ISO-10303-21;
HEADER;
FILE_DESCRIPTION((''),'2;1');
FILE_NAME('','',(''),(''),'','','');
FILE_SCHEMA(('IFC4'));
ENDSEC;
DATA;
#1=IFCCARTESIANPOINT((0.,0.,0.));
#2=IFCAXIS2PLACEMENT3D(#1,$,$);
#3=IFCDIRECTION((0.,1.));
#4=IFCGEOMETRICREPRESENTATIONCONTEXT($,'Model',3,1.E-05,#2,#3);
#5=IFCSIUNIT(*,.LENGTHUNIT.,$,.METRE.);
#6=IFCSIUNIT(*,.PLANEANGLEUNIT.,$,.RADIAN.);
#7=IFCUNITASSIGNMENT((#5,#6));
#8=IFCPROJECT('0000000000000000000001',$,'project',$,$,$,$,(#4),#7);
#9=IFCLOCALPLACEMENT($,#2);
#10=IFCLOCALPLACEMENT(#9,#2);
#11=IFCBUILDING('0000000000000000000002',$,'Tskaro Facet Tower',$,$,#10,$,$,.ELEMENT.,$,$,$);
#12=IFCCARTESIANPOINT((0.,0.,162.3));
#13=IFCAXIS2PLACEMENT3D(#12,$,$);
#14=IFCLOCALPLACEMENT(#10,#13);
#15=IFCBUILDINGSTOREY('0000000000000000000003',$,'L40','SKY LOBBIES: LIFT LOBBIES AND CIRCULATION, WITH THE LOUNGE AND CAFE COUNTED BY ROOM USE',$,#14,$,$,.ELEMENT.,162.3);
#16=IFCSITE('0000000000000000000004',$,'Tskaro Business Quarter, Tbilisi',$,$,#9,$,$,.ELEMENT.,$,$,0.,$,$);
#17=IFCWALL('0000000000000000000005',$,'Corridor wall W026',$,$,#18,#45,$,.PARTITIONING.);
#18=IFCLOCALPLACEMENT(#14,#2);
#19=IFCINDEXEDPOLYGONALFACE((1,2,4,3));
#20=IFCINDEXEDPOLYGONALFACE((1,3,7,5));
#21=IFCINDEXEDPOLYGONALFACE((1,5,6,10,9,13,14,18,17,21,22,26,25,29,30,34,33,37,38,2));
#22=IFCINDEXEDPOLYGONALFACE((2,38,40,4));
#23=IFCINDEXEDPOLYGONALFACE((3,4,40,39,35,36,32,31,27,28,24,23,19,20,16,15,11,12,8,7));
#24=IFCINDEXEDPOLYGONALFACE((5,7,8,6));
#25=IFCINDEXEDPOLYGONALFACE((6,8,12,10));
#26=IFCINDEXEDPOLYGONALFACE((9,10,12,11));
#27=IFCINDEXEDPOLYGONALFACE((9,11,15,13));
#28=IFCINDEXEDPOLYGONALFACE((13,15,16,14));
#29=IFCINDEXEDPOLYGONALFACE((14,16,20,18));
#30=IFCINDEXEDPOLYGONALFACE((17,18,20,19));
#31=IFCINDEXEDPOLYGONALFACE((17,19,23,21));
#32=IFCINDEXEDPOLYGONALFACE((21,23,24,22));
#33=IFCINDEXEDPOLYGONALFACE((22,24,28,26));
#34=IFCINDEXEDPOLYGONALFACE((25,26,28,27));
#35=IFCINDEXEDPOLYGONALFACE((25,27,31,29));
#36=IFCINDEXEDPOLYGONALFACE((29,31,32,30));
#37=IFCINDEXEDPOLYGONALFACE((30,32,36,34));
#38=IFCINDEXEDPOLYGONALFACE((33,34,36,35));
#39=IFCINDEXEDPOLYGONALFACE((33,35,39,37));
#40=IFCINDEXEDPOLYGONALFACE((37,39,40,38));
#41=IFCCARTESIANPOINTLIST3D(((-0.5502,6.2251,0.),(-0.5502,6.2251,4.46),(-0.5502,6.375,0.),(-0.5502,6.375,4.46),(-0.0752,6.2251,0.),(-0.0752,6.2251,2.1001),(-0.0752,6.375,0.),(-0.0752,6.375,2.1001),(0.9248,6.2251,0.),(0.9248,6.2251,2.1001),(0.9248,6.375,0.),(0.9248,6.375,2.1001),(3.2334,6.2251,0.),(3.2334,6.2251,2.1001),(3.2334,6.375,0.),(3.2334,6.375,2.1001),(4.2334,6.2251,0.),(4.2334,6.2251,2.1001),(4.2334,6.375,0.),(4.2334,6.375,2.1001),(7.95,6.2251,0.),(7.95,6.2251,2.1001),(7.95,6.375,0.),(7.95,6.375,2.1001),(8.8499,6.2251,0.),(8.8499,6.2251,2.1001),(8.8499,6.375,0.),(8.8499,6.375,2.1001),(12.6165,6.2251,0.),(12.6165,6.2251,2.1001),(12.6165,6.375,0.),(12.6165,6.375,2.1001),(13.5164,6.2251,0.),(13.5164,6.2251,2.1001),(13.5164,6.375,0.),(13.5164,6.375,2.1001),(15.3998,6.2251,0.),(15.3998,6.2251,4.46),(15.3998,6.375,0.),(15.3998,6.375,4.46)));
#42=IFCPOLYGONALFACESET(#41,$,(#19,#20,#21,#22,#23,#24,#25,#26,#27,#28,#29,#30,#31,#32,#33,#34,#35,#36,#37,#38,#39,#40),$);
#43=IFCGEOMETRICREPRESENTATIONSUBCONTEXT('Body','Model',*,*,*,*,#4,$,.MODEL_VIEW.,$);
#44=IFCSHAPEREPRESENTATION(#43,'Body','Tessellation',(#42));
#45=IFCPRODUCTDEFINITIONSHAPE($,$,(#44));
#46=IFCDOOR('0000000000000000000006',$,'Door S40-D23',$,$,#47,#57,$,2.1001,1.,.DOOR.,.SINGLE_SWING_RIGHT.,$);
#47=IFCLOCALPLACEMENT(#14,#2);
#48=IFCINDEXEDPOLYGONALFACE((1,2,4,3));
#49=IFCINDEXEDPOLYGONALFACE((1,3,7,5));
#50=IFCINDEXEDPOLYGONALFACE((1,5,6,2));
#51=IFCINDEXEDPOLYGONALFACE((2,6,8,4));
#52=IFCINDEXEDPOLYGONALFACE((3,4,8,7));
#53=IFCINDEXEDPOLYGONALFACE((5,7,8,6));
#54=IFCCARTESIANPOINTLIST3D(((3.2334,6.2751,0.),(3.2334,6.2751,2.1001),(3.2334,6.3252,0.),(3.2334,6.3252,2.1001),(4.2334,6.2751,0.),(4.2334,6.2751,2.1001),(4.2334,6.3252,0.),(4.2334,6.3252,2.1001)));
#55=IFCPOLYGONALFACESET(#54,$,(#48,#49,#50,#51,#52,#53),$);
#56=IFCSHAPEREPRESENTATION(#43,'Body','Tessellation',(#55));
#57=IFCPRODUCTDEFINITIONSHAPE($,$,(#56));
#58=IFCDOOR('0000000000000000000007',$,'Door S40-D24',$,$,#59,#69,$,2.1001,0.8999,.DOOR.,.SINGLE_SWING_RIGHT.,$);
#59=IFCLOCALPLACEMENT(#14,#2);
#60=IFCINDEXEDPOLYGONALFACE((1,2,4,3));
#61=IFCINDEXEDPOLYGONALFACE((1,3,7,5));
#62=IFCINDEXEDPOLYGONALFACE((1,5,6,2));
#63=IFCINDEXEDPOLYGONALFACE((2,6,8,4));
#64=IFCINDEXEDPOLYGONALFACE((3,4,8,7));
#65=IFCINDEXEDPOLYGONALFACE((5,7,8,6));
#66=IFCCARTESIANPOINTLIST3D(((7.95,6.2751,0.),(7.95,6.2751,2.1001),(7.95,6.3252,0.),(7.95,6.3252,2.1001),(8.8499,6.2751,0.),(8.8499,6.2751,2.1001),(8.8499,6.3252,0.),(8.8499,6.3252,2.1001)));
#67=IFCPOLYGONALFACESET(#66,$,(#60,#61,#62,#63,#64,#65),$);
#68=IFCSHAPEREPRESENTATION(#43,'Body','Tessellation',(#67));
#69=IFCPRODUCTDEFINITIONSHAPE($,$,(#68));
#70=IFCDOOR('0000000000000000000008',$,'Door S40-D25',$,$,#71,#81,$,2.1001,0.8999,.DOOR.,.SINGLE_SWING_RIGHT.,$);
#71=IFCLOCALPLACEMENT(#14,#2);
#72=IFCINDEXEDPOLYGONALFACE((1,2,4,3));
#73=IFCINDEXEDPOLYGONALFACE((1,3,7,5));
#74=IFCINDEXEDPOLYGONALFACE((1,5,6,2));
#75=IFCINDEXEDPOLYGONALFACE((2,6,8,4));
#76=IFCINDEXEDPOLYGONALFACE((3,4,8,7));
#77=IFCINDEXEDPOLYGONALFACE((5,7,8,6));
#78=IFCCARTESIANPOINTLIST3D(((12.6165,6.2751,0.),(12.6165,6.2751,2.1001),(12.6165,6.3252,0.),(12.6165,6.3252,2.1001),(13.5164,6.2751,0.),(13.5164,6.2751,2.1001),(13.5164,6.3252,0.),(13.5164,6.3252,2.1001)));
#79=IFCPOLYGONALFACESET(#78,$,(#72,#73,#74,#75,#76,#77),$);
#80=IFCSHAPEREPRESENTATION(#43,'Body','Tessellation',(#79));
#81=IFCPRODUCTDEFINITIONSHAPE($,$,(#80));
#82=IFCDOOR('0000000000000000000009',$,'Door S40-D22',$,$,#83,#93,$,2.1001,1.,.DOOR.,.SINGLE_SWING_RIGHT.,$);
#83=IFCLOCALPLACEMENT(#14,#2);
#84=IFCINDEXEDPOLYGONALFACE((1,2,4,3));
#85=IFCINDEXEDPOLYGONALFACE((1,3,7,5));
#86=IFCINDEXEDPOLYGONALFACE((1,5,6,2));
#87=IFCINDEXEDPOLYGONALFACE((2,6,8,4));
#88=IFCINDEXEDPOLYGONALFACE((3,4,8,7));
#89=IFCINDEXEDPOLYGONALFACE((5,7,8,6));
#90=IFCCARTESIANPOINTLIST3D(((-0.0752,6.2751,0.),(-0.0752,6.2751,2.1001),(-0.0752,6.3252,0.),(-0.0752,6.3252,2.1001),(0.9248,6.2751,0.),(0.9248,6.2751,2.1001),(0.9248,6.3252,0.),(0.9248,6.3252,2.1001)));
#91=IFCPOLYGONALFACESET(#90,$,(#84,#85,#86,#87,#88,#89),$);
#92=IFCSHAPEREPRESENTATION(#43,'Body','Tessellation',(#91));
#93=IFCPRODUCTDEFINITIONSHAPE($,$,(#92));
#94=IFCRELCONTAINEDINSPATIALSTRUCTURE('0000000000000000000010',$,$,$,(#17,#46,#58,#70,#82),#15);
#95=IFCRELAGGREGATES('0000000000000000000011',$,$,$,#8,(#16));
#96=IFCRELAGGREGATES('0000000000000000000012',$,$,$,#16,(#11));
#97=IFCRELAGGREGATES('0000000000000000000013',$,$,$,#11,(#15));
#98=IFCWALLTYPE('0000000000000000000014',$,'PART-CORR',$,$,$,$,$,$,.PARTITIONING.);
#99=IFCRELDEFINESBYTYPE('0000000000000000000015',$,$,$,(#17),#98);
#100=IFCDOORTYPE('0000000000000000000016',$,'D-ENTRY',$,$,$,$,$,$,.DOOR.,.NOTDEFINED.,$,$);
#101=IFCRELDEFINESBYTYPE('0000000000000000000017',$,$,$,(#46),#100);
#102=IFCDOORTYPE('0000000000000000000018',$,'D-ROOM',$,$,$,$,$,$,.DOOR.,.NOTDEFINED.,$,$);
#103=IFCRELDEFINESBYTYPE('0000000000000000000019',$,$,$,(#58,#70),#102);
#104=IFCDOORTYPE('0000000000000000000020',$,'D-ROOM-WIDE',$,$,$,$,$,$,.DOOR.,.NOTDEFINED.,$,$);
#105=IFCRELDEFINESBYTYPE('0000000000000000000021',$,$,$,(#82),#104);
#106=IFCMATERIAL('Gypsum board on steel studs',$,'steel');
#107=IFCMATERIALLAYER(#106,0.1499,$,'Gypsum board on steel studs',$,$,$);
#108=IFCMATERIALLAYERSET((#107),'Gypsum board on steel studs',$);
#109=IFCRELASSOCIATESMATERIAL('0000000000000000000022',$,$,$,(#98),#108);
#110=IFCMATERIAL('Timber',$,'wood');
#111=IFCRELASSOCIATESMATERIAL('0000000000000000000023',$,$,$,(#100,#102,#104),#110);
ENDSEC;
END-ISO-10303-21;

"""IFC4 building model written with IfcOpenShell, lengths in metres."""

from ifc_helpers import new_model, si_unit, direction, frame, frame_2d, origin, place, context, subcontext, project, spatial, rectangle, extrude, material, layer, layer_set, type_object, element, fill, save


model = new_model("IFC4")

# Units and contexts
model_context = context("Model", 3, precision=1e-05, world=origin(), true_north=direction((0.0, 1.0)))
body_context = subcontext(model_context, "Body", "Model", "MODEL_VIEW")
ifc_project = project(units=[si_unit("LENGTHUNIT", "METRE"), si_unit("PLANEANGLEUNIT", "RADIAN")], contexts=[model_context])

# Site, building, storey
site_placement = place(None, origin())
site = spatial("IfcSite", under=ifc_project, at=site_placement, Name="Tskaro Business Quarter, Tbilisi", CompositionType="ELEMENT", RefElevation=0.0)
building_placement = place(site_placement, origin())
building = spatial("IfcBuilding", under=site, at=building_placement, Name="Tskaro Facet Tower", CompositionType="ELEMENT")
storey_placement = place(building_placement, frame((0.0, 0.0, 162.3)))
storey = spatial("IfcBuildingStorey", under=building, at=storey_placement, Name="L40", Description="SKY LOBBIES: LIFT LOBBIES AND CIRCULATION, WITH THE LOUNGE AND CAFE COUNTED BY ROOM USE", CompositionType="ELEMENT", Elevation=162.3)

# Shared definitions
ifc_material_1 = material(Name="Gypsum board on steel studs", Category="steel")

# Wall, openings, doors
ifc_layer_1 = layer(ifc_material_1, 0.1499, Name="Gypsum board on steel studs")
ifc_layer_set_1 = layer_set([ifc_layer_1], Name="Gypsum board on steel studs")
wall_type_1 = type_object("IfcWallType", Name="PART-CORR", PredefinedType="PARTITIONING", material=ifc_layer_set_1)
wall_1_placement = place(storey_placement, frame((15.3999, 6.3, 0.0), z_axis=(0.0, 0.0, 1.0), x_axis=(-1.0, 0.0, 0.0)))
wall_1 = element("IfcWall", 1, at=wall_1_placement, inside=storey, type_object=wall_type_1, Name="Corridor wall W026", PredefinedType="PARTITIONING", context=body_context, shape_type="SweptSolid", body=[
    extrude(rectangle(XDim=15.95, YDim=0.1499, at=frame_2d((7.9751, 0.0))), origin(), (0.0, 0.0, 1.0), 4.46),
])
opening_1_placement = place(wall_1_placement, frame((11.1665, 0.0, 0.0)))
opening_1 = element("IfcOpeningElement", 2, at=opening_1_placement, cuts=wall_1, PredefinedType="OPENING", context=body_context, shape_type="SweptSolid", body=[
    extrude(rectangle(XDim=1.0, YDim=2.1001, at=frame_2d((0.5, 1.05))), frame((0.0, 0.085, 0.0), z_axis=(0.0, -1.0, 0.0), x_axis=(1.0, 0.0, 0.0)), (0.0, 0.0, 1.0), 0.1699),
])
opening_2_placement = place(wall_1_placement, frame((14.4751, 0.0, 0.0)))
opening_2 = element("IfcOpeningElement", 3, at=opening_2_placement, cuts=wall_1, PredefinedType="OPENING", context=body_context, shape_type="SweptSolid", body=[
    extrude(rectangle(XDim=1.0, YDim=2.1001, at=frame_2d((0.5, 1.05))), frame((0.0, 0.085, 0.0), z_axis=(0.0, -1.0, 0.0), x_axis=(1.0, 0.0, 0.0)), (0.0, 0.0, 1.0), 0.1699),
])
opening_3_placement = place(wall_1_placement, frame((6.55, 0.0, 0.0)))
opening_3 = element("IfcOpeningElement", 4, at=opening_3_placement, cuts=wall_1, PredefinedType="OPENING", context=body_context, shape_type="SweptSolid", body=[
    extrude(rectangle(XDim=0.8999, YDim=2.1001, at=frame_2d((0.45, 1.05))), frame((0.0, 0.085, 0.0), z_axis=(0.0, -1.0, 0.0), x_axis=(1.0, 0.0, 0.0)), (0.0, 0.0, 1.0), 0.1699),
])
opening_4_placement = place(wall_1_placement, frame((1.8835, 0.0, 0.0)))
opening_4 = element("IfcOpeningElement", 5, at=opening_4_placement, cuts=wall_1, PredefinedType="OPENING", context=body_context, shape_type="SweptSolid", body=[
    extrude(rectangle(XDim=0.8999, YDim=2.1001, at=frame_2d((0.45, 1.05))), frame((0.0, 0.085, 0.0), z_axis=(0.0, -1.0, 0.0), x_axis=(1.0, 0.0, 0.0)), (0.0, 0.0, 1.0), 0.1699),
])
ifc_material_2 = material(Name="Timber", Category="wood")
door_type_1 = type_object("IfcDoorType", Name="D-ENTRY", OperationType="NOTDEFINED", PredefinedType="DOOR", material=ifc_material_2)
door_1_placement = place(opening_1_placement, origin())
door_1 = element("IfcDoor", 6, at=door_1_placement, inside=storey, type_object=door_type_1, Name="Door S40-D23", OperationType="SINGLE_SWING_RIGHT", OverallHeight=2.1001, OverallWidth=1.0, PredefinedType="DOOR", context=body_context, shape_type="SweptSolid", body=[
    extrude(rectangle(XDim=1.0, YDim=2.1001, at=frame_2d((0.5, 1.05))), frame((0.0, 0.0249, 0.0), z_axis=(0.0, -1.0, 0.0), x_axis=(1.0, 0.0, 0.0)), (0.0, 0.0, 1.0), 0.05),
])
fill(opening_1, door_1)
door_type_2 = type_object("IfcDoorType", Name="D-ROOM", OperationType="NOTDEFINED", PredefinedType="DOOR", material=ifc_material_2)
door_2_placement = place(opening_3_placement, origin())
door_2 = element("IfcDoor", 7, at=door_2_placement, inside=storey, type_object=door_type_2, Name="Door S40-D24", OperationType="SINGLE_SWING_RIGHT", OverallHeight=2.1001, OverallWidth=0.8999, PredefinedType="DOOR", context=body_context, shape_type="SweptSolid", body=[
    extrude(rectangle(XDim=0.8999, YDim=2.1001, at=frame_2d((0.45, 1.05))), frame((0.0, 0.0249, 0.0), z_axis=(0.0, -1.0, 0.0), x_axis=(1.0, 0.0, 0.0)), (0.0, 0.0, 1.0), 0.05),
])
fill(opening_3, door_2)
door_3_placement = place(opening_4_placement, origin())
door_3 = element("IfcDoor", 8, at=door_3_placement, inside=storey, type_object=door_type_2, Name="Door S40-D25", OperationType="SINGLE_SWING_RIGHT", OverallHeight=2.1001, OverallWidth=0.8999, PredefinedType="DOOR", context=body_context, shape_type="SweptSolid", body=[
    extrude(rectangle(XDim=0.8999, YDim=2.1001, at=frame_2d((0.45, 1.05))), frame((0.0, 0.0249, 0.0), z_axis=(0.0, -1.0, 0.0), x_axis=(1.0, 0.0, 0.0)), (0.0, 0.0, 1.0), 0.05),
])
fill(opening_4, door_3)
door_type_3 = type_object("IfcDoorType", Name="D-ROOM-WIDE", OperationType="NOTDEFINED", PredefinedType="DOOR", material=ifc_material_2)
door_4_placement = place(opening_2_placement, origin())
door_4 = element("IfcDoor", 9, at=door_4_placement, inside=storey, type_object=door_type_3, Name="Door S40-D22", OperationType="SINGLE_SWING_RIGHT", OverallHeight=2.1001, OverallWidth=1.0, PredefinedType="DOOR", context=body_context, shape_type="SweptSolid", body=[
    extrude(rectangle(XDim=1.0, YDim=2.1001, at=frame_2d((0.5, 1.05))), frame((0.0, 0.0249, 0.0), z_axis=(0.0, -1.0, 0.0), x_axis=(1.0, 0.0, 0.0)), (0.0, 0.0, 1.0), 0.05),
])
fill(opening_2, door_4)

save(model, "model.ifc")
